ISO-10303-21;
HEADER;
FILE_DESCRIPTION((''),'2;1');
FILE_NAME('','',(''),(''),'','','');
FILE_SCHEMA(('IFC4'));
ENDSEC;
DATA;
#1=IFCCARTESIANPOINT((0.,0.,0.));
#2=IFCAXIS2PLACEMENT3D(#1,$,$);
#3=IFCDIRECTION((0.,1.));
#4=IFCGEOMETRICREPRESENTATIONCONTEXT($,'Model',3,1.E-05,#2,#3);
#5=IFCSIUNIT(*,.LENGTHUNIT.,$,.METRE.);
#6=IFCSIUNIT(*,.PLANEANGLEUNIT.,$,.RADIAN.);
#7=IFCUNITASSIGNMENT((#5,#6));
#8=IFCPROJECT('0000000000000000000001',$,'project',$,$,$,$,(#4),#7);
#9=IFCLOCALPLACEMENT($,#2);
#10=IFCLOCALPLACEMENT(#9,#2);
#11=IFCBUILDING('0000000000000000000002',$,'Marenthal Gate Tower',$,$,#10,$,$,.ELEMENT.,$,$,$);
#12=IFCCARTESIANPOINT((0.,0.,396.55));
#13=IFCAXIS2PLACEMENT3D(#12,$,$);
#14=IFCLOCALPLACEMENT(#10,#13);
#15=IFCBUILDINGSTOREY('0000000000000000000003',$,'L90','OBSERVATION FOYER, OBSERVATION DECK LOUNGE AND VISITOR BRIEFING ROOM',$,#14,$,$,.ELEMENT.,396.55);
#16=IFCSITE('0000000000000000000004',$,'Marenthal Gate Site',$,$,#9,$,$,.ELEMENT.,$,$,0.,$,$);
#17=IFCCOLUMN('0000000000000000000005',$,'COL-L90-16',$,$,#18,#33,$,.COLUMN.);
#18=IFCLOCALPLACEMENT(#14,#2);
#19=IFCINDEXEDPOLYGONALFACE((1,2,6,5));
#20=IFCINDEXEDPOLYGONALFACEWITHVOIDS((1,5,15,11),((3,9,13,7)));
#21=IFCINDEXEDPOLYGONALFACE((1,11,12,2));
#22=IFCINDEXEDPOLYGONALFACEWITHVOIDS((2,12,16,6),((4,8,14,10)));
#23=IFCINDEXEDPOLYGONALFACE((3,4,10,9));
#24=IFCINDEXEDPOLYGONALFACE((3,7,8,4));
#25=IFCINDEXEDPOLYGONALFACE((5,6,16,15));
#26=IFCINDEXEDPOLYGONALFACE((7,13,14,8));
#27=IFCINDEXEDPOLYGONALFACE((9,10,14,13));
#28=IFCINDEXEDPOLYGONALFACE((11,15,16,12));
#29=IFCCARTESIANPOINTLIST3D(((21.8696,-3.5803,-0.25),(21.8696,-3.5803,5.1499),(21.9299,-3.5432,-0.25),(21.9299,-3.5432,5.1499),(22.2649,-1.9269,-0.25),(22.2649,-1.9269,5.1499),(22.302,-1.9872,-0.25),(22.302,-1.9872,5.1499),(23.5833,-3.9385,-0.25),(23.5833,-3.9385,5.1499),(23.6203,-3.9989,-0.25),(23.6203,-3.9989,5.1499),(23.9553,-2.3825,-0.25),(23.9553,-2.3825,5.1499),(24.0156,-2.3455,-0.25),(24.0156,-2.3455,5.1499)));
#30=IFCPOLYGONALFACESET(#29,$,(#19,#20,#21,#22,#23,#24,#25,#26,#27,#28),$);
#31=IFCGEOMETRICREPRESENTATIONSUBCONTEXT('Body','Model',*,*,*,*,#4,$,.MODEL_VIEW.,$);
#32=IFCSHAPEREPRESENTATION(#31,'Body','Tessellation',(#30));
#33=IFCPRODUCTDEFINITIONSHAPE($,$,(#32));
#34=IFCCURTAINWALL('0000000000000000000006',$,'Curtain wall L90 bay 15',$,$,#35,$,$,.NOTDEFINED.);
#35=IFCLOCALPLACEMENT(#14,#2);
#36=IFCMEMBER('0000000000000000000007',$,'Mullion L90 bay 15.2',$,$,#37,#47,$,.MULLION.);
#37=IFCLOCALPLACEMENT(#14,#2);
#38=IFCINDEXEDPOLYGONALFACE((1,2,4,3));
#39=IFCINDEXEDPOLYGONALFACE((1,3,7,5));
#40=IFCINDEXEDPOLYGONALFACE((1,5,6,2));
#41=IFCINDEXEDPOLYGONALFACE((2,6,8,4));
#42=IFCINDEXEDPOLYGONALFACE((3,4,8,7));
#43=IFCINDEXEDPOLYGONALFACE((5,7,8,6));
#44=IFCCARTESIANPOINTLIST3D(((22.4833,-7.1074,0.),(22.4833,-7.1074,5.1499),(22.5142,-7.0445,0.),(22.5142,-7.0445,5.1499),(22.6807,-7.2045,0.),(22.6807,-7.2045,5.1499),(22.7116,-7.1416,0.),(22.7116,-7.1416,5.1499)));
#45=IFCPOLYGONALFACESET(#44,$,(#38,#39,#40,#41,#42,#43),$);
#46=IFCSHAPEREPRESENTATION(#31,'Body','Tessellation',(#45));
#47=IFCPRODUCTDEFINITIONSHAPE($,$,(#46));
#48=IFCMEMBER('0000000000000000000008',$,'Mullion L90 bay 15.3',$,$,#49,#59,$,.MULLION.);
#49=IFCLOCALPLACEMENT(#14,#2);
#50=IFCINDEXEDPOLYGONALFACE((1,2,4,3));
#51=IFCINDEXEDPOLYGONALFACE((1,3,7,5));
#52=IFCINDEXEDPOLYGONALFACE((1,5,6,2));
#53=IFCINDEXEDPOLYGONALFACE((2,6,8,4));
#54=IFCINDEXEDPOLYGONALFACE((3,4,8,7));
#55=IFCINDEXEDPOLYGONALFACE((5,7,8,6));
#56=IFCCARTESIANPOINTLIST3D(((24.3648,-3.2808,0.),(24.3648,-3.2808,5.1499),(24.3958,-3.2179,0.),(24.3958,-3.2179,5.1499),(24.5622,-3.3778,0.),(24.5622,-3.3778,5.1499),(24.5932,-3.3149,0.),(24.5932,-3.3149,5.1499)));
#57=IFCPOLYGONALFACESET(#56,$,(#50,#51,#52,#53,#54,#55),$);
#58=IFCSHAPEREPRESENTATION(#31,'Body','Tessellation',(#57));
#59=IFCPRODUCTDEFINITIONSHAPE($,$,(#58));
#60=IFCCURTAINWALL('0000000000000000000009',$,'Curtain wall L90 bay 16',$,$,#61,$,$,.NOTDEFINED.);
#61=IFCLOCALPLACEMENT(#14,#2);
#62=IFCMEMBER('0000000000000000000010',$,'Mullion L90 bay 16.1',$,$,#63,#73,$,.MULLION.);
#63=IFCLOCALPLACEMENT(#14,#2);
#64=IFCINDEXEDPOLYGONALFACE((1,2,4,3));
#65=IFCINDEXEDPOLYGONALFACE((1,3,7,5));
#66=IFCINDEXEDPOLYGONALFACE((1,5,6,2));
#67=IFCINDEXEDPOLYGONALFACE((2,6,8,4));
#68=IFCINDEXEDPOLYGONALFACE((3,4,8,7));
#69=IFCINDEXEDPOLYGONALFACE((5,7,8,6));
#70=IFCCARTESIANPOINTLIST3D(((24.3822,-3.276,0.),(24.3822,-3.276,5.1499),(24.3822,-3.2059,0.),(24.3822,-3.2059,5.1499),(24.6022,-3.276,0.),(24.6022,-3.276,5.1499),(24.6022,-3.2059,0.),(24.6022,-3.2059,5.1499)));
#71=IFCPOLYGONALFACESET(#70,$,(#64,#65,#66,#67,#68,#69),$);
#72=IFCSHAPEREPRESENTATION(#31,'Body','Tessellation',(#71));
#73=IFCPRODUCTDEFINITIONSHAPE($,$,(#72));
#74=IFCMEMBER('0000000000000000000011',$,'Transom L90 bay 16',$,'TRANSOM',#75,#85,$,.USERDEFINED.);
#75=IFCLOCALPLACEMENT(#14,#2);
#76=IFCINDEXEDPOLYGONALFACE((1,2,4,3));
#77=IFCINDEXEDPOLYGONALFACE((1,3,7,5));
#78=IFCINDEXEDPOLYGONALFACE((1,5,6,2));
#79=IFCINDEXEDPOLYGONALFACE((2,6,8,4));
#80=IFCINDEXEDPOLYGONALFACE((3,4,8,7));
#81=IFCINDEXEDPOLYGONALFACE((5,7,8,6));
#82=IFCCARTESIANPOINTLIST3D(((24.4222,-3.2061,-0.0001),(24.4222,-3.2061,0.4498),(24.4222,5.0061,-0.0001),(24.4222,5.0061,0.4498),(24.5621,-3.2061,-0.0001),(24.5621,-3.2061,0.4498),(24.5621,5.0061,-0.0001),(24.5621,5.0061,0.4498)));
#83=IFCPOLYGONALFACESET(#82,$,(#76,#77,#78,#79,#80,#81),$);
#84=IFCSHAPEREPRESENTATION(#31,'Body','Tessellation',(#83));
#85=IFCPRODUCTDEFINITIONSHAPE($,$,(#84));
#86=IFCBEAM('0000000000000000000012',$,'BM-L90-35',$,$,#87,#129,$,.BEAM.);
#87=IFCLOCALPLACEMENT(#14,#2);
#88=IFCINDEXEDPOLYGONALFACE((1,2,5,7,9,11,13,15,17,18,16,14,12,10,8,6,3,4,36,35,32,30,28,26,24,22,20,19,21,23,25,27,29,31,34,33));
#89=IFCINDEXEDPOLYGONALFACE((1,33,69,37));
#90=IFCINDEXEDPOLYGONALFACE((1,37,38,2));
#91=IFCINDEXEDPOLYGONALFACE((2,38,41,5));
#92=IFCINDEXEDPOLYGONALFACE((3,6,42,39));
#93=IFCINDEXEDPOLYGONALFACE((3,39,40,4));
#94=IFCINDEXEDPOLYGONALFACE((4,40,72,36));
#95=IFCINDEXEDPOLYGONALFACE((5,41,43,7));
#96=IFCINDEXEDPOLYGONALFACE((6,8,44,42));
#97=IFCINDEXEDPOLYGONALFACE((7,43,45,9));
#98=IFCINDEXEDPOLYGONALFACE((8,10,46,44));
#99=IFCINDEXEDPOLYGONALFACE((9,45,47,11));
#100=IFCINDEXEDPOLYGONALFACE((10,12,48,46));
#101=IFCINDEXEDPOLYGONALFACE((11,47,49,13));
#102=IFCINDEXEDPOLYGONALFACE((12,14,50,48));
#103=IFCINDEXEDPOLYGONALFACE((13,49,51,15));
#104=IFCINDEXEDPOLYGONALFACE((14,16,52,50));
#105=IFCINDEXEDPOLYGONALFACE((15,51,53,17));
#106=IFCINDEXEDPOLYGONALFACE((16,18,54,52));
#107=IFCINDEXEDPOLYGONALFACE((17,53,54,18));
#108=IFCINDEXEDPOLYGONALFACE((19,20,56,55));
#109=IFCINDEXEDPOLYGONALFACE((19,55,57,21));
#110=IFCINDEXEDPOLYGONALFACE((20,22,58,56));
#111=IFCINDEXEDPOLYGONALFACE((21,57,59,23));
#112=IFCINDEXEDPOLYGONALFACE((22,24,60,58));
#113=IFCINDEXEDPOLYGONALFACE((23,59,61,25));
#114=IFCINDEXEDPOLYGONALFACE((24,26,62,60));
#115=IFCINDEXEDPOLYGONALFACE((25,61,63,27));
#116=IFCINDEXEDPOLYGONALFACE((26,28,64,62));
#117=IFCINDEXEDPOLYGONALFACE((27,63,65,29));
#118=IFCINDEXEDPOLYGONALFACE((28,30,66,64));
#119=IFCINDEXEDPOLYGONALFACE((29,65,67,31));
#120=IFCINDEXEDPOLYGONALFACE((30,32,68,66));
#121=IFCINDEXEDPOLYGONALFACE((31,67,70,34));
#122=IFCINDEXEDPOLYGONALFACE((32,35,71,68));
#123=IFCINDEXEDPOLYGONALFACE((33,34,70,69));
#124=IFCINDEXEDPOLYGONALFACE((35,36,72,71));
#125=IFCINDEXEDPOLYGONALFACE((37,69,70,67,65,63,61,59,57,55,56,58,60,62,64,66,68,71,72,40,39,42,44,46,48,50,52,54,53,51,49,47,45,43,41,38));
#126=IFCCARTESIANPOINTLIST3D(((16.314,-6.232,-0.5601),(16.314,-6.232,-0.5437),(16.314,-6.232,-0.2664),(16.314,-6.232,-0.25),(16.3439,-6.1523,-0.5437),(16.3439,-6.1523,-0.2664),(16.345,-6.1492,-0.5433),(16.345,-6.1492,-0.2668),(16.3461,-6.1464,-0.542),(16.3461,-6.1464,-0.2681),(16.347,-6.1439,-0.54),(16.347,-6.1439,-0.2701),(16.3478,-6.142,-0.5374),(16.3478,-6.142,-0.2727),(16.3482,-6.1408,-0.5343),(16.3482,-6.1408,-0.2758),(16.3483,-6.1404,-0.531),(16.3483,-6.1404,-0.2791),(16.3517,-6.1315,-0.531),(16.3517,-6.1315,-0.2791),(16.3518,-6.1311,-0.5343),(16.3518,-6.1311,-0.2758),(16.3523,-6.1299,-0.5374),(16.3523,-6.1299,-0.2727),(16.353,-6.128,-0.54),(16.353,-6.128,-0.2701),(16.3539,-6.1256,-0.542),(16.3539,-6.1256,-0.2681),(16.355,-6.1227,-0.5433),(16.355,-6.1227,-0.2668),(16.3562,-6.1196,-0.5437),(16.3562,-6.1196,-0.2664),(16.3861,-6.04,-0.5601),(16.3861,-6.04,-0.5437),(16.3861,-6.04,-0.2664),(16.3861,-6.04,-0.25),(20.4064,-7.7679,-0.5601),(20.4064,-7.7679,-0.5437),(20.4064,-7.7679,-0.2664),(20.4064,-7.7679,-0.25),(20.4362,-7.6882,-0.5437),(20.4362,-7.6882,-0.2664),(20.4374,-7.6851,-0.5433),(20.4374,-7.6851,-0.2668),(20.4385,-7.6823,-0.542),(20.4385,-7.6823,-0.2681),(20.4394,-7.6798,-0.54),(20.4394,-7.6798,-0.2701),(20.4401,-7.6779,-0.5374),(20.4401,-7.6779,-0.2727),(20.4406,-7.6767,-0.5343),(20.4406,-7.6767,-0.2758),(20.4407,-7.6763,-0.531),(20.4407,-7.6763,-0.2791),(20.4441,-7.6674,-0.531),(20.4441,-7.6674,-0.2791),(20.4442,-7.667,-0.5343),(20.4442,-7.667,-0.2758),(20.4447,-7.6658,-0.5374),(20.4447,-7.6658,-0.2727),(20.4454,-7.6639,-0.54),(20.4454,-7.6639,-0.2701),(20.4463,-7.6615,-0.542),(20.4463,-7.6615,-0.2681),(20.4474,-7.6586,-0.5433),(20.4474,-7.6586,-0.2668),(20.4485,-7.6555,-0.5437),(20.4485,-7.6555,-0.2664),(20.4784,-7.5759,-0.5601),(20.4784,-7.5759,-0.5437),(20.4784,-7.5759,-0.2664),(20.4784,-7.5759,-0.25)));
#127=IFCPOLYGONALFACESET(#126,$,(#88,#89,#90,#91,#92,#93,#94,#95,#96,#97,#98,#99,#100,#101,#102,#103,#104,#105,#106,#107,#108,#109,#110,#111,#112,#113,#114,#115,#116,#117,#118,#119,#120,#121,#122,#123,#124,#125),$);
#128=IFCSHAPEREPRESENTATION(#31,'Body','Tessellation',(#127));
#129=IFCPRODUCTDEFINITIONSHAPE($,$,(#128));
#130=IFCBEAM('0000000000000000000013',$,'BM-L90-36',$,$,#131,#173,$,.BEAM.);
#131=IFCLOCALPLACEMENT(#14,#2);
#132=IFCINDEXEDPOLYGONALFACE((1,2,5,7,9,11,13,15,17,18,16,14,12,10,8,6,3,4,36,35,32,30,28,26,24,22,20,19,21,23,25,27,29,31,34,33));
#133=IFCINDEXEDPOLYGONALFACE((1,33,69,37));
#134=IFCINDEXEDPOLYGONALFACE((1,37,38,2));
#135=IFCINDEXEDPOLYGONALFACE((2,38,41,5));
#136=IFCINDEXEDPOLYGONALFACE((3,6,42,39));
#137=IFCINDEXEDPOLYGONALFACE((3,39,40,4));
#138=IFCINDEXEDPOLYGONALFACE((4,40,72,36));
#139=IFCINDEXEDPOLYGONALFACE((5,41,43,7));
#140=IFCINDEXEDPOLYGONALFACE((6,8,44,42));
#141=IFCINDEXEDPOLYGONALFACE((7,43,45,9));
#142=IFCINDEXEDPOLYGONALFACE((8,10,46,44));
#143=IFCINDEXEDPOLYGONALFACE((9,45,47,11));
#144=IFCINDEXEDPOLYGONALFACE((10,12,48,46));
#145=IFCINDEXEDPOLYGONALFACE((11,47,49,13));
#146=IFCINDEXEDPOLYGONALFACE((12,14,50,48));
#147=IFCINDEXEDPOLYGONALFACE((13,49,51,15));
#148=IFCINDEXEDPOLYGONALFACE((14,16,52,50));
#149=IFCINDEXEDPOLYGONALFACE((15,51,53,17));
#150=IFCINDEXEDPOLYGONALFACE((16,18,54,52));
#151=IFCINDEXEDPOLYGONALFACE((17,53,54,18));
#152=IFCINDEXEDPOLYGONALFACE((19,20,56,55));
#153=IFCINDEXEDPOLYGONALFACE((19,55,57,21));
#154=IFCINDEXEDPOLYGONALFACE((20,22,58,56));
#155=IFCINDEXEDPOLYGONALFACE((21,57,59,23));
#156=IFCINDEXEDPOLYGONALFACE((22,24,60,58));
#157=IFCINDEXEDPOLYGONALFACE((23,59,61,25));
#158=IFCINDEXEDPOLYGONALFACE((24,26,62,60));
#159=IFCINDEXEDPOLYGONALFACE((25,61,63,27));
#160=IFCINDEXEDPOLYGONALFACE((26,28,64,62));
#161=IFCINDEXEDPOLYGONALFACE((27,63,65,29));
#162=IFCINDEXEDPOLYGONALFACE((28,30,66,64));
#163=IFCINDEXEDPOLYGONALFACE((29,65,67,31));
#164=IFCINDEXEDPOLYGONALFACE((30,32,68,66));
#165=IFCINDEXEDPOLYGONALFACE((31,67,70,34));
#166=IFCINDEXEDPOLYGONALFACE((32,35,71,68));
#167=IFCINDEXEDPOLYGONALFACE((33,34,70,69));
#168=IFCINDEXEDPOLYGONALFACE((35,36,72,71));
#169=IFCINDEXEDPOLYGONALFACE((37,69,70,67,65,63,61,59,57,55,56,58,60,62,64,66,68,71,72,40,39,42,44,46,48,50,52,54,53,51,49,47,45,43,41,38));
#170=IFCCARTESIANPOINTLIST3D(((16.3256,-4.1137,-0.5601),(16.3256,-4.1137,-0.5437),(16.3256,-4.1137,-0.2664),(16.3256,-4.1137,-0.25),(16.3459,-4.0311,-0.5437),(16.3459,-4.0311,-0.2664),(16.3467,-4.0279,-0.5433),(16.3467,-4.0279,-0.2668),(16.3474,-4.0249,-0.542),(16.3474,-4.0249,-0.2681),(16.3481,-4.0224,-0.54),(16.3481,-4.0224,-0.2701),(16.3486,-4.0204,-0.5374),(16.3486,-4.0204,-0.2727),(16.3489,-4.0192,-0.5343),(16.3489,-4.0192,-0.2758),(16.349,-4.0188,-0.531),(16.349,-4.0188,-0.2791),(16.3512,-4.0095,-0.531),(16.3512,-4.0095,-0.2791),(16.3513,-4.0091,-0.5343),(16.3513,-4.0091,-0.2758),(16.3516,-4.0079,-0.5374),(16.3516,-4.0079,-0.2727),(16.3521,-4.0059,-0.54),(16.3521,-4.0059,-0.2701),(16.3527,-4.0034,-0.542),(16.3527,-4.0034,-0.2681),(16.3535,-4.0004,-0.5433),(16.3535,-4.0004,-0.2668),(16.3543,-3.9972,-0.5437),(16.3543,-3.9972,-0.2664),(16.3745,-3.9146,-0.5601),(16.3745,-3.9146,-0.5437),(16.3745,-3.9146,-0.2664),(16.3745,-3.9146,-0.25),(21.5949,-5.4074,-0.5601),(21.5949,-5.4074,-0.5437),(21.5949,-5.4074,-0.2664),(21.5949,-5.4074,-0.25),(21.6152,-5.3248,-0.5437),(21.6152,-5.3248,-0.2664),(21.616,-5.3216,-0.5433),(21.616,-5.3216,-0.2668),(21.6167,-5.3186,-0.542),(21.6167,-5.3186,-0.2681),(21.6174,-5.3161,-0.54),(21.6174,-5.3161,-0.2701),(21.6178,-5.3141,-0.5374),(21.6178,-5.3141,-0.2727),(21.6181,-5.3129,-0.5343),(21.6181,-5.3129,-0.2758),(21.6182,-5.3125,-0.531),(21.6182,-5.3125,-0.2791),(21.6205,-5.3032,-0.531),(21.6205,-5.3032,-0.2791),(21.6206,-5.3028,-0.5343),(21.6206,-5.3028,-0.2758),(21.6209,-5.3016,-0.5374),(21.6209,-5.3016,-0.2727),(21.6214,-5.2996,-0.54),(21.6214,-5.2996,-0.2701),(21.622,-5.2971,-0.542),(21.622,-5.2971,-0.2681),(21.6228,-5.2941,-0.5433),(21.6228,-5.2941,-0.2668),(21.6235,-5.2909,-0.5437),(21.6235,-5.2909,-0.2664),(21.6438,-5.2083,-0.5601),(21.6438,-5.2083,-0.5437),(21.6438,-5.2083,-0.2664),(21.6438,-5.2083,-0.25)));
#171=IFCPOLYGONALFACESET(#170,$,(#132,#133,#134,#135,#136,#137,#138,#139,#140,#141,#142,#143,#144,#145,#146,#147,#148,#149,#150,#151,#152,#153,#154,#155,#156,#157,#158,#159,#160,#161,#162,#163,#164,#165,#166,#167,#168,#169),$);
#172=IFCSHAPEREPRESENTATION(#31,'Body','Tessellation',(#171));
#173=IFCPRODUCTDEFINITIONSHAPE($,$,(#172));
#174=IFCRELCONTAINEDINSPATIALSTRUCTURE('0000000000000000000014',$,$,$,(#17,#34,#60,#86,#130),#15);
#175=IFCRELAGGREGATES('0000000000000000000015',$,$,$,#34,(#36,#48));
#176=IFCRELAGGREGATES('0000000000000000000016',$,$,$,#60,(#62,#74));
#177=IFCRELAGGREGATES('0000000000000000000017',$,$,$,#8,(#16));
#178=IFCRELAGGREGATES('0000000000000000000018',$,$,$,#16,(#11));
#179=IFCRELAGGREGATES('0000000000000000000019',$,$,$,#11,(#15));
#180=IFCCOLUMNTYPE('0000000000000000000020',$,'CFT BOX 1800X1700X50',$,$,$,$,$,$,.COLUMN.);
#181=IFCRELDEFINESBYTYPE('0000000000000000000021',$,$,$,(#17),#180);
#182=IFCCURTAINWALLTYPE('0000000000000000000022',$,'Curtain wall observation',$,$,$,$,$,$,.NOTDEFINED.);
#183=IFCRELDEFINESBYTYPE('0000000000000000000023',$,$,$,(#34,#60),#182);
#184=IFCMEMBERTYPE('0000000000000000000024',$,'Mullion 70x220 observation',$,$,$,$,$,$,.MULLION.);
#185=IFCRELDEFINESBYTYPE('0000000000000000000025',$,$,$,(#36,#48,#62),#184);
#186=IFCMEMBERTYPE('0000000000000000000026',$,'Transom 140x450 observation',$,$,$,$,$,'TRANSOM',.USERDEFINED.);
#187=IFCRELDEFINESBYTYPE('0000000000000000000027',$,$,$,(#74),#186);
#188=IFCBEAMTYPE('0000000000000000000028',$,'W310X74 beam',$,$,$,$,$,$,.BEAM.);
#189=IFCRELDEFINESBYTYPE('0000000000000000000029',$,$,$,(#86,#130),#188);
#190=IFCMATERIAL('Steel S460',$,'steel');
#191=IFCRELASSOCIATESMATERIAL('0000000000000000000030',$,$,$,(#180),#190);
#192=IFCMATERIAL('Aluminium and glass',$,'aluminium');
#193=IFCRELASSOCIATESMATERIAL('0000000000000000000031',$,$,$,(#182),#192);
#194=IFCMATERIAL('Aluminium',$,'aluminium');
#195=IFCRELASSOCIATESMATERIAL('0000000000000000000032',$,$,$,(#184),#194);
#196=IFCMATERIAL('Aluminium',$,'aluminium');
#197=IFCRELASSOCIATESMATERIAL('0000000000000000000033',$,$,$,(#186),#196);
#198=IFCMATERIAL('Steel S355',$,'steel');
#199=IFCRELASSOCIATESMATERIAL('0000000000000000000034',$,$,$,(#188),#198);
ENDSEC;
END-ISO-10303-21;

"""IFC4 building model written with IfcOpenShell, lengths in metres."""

from ifc_helpers import new_model, si_unit, direction, frame, origin, origin_2d, place, context, subcontext, project, spatial, rectangle, hollow_rectangle, i_section, extrude, material, material_profile, profile_set, type_object, element, aggregate, save


model = new_model("IFC4")

# Units and contexts
model_context = context("Model", 3, precision=1e-05, world=origin(), true_north=direction((0.0, 1.0)))
body_context = subcontext(model_context, "Body", "Model", "MODEL_VIEW")
ifc_project = project(units=[si_unit("LENGTHUNIT", "METRE"), si_unit("PLANEANGLEUNIT", "RADIAN")], contexts=[model_context])

# Site, building, storey
site_placement = place(None, origin())
site = spatial("IfcSite", under=ifc_project, at=site_placement, Name="Marenthal Gate Site", CompositionType="ELEMENT", RefElevation=0.0)
building_placement = place(site_placement, origin())
building = spatial("IfcBuilding", under=site, at=building_placement, Name="Marenthal Gate Tower", CompositionType="ELEMENT")
storey_placement = place(building_placement, frame((0.0, 0.0, 396.55)))
storey = spatial("IfcBuildingStorey", under=building, at=storey_placement, Name="L90", Description="OBSERVATION FOYER, OBSERVATION DECK LOUNGE AND VISITOR BRIEFING ROOM", CompositionType="ELEMENT", Elevation=396.55)

# Column
ifc_material_1 = material(Name="Steel S460", Category="steel")
ifc_material_profile_1 = material_profile(ifc_material_1, hollow_rectangle(XDim=1.7, YDim=1.8, WallThickness=0.05, at=origin_2d()), Name="CFT BOX 1800X1700X50")
ifc_material_2 = material(Name="Concrete 70 MPa", Category="concrete")
ifc_material_profile_2 = material_profile(ifc_material_2, rectangle(XDim=1.6001, YDim=1.7, at=origin_2d()), Name="CFT BOX 1800X1700X50 INFILL")
ifc_profile_set_1 = profile_set([ifc_material_profile_1, ifc_material_profile_2], Name="Steel S460 shell, Concrete 70 MPa infill")
column_type = type_object("IfcColumnType", Name="CFT BOX 1800X1700X50", PredefinedType="COLUMN", material=ifc_profile_set_1)
column_placement = place(storey_placement, frame((22.9426, -2.9629, -0.25), z_axis=(0.0, 0.0, 1.0), x_axis=(-0.232542, -0.972586, 0.0)))
element("IfcColumn", 1, at=column_placement, inside=storey, type_object=column_type, Name="COL-L90-16", PredefinedType="COLUMN", context=body_context, shape_type="SweptSolid", body=[
    extrude(hollow_rectangle(XDim=1.7, YDim=1.8, WallThickness=0.05, at=origin_2d()), origin(), (0.0, 0.0, 1.0), 5.3999),
])

# Curtain walls, members
ifc_material_3 = material(Name="Aluminium and glass", Category="aluminium")
curtain_wall_type = type_object("IfcCurtainWallType", Name="Curtain wall observation", PredefinedType="NOTDEFINED", material=ifc_material_3)
curtain_wall_1_placement = place(storey_placement, origin())
curtain_wall_1 = element("IfcCurtainWall", 2, at=curtain_wall_1_placement, inside=storey, type_object=curtain_wall_type, Name="Curtain wall L90 bay 15", PredefinedType="NOTDEFINED")
ifc_material_4 = material(Name="Aluminium", Category="aluminium")
ifc_material_profile_3 = material_profile(ifc_material_4, rectangle(XDim=0.22, YDim=0.0701, at=origin_2d()), Name="70x220 aluminium mullion")
ifc_profile_set_2 = profile_set([ifc_material_profile_3], Name="Aluminium")
member_type_1 = type_object("IfcMemberType", Name="Mullion 70x220 observation", PredefinedType="MULLION", material=ifc_profile_set_2)
member_1_placement = place(storey_placement, frame((22.5974, -7.1245, 0.0), z_axis=(0.0, 0.0, 1.0), x_axis=(-0.897386, 0.441247, 0.0)))
member_1 = element("IfcMember", 3, at=member_1_placement, type_object=member_type_1, Name="Mullion L90 bay 15.2", PredefinedType="MULLION", context=body_context, shape_type="SweptSolid", body=[
    extrude(rectangle(XDim=0.22, YDim=0.0701, at=origin_2d()), origin(), (0.0, 0.0, 1.0), 5.1499),
])
member_2_placement = place(storey_placement, frame((24.479, -3.2979, 0.0), z_axis=(0.0, 0.0, 1.0), x_axis=(-0.897386, 0.441247, 0.0)))
member_2 = element("IfcMember", 4, at=member_2_placement, type_object=member_type_1, Name="Mullion L90 bay 15.3", PredefinedType="MULLION", context=body_context, shape_type="SweptSolid", body=[
    extrude(rectangle(XDim=0.22, YDim=0.0701, at=origin_2d()), origin(), (0.0, 0.0, 1.0), 5.1499),
])
curtain_wall_2_placement = place(storey_placement, origin())
curtain_wall_2 = element("IfcCurtainWall", 5, at=curtain_wall_2_placement, inside=storey, type_object=curtain_wall_type, Name="Curtain wall L90 bay 16", PredefinedType="NOTDEFINED")
member_3_placement = place(storey_placement, frame((24.4922, -3.241, 0.0), z_axis=(0.0, 0.0, 1.0), x_axis=(-1.0, 0.0, 0.0)))
member_3 = element("IfcMember", 6, at=member_3_placement, type_object=member_type_1, Name="Mullion L90 bay 16.1", PredefinedType="MULLION", context=body_context, shape_type="SweptSolid", body=[
    extrude(rectangle(XDim=0.22, YDim=0.0701, at=origin_2d()), origin(), (0.0, 0.0, 1.0), 5.1499),
])
ifc_material_5 = material(Name="Aluminium", Category="aluminium")
ifc_material_profile_4 = material_profile(ifc_material_5, rectangle(XDim=0.1399, YDim=0.45, at=origin_2d()), Name="140x450 aluminium transom")
ifc_profile_set_3 = profile_set([ifc_material_profile_4], Name="Aluminium")
member_type_2 = type_object("IfcMemberType", Name="Transom 140x450 observation", ElementType="TRANSOM", PredefinedType="USERDEFINED", material=ifc_profile_set_3)
member_4_placement = place(storey_placement, frame((24.4922, -3.2061, 0.2249), z_axis=(0.0, 1.0, 0.0), x_axis=(-1.0, 0.0, 0.0)))
member_4 = element("IfcMember", 7, at=member_4_placement, type_object=member_type_2, Name="Transom L90 bay 16", ObjectType="TRANSOM", PredefinedType="USERDEFINED", context=body_context, shape_type="SweptSolid", body=[
    extrude(rectangle(XDim=0.1399, YDim=0.45, at=origin_2d()), origin(), (0.0, 0.0, 1.0), 8.2122),
])

# Beams
ifc_material_6 = material(Name="Steel S355", Category="steel")
ifc_material_profile_5 = material_profile(ifc_material_6, i_section(OverallWidth=0.2051, OverallDepth=0.3101, WebThickness=0.0095, FlangeThickness=0.0164, FilletRadius=0.0127, at=origin_2d()), Name="W310X74")
ifc_profile_set_4 = profile_set([ifc_material_profile_5], Name="Steel S355")
beam_type_1 = type_object("IfcBeamType", Name="W310X74 beam", PredefinedType="BEAM", material=ifc_profile_set_4)
beam_1_placement = place(storey_placement, frame((20.4424, -7.6719, -0.405), z_axis=(-0.936233, 0.351381, 0.0), x_axis=(-0.351381, -0.936233, 0.0)))
element("IfcBeam", 8, at=beam_1_placement, inside=storey, type_object=beam_type_1, Name="BM-L90-35", PredefinedType="BEAM", context=body_context, shape_type="SweptSolid", body=[
    extrude(i_section(OverallWidth=0.2051, OverallDepth=0.3101, WebThickness=0.0095, FlangeThickness=0.0164, FilletRadius=0.0127, at=origin_2d()), origin(), (0.0, 0.0, 1.0), 4.3711),
])
beam_2_placement = place(storey_placement, frame((21.6194, -5.3079, -0.405), z_axis=(-0.971158, 0.238436, 0.0), x_axis=(-0.238436, -0.971158, 0.0)))
element("IfcBeam", 9, at=beam_2_placement, inside=storey, type_object=beam_type_1, Name="BM-L90-36", PredefinedType="BEAM", context=body_context, shape_type="SweptSolid", body=[
    extrude(i_section(OverallWidth=0.2051, OverallDepth=0.3101, WebThickness=0.0095, FlangeThickness=0.0164, FilletRadius=0.0127, at=origin_2d()), origin(), (0.0, 0.0, 1.0), 5.4258),
])

aggregate(curtain_wall_1, [member_1, member_2])
aggregate(curtain_wall_2, [member_3, member_4])

save(model, "model.ifc")
